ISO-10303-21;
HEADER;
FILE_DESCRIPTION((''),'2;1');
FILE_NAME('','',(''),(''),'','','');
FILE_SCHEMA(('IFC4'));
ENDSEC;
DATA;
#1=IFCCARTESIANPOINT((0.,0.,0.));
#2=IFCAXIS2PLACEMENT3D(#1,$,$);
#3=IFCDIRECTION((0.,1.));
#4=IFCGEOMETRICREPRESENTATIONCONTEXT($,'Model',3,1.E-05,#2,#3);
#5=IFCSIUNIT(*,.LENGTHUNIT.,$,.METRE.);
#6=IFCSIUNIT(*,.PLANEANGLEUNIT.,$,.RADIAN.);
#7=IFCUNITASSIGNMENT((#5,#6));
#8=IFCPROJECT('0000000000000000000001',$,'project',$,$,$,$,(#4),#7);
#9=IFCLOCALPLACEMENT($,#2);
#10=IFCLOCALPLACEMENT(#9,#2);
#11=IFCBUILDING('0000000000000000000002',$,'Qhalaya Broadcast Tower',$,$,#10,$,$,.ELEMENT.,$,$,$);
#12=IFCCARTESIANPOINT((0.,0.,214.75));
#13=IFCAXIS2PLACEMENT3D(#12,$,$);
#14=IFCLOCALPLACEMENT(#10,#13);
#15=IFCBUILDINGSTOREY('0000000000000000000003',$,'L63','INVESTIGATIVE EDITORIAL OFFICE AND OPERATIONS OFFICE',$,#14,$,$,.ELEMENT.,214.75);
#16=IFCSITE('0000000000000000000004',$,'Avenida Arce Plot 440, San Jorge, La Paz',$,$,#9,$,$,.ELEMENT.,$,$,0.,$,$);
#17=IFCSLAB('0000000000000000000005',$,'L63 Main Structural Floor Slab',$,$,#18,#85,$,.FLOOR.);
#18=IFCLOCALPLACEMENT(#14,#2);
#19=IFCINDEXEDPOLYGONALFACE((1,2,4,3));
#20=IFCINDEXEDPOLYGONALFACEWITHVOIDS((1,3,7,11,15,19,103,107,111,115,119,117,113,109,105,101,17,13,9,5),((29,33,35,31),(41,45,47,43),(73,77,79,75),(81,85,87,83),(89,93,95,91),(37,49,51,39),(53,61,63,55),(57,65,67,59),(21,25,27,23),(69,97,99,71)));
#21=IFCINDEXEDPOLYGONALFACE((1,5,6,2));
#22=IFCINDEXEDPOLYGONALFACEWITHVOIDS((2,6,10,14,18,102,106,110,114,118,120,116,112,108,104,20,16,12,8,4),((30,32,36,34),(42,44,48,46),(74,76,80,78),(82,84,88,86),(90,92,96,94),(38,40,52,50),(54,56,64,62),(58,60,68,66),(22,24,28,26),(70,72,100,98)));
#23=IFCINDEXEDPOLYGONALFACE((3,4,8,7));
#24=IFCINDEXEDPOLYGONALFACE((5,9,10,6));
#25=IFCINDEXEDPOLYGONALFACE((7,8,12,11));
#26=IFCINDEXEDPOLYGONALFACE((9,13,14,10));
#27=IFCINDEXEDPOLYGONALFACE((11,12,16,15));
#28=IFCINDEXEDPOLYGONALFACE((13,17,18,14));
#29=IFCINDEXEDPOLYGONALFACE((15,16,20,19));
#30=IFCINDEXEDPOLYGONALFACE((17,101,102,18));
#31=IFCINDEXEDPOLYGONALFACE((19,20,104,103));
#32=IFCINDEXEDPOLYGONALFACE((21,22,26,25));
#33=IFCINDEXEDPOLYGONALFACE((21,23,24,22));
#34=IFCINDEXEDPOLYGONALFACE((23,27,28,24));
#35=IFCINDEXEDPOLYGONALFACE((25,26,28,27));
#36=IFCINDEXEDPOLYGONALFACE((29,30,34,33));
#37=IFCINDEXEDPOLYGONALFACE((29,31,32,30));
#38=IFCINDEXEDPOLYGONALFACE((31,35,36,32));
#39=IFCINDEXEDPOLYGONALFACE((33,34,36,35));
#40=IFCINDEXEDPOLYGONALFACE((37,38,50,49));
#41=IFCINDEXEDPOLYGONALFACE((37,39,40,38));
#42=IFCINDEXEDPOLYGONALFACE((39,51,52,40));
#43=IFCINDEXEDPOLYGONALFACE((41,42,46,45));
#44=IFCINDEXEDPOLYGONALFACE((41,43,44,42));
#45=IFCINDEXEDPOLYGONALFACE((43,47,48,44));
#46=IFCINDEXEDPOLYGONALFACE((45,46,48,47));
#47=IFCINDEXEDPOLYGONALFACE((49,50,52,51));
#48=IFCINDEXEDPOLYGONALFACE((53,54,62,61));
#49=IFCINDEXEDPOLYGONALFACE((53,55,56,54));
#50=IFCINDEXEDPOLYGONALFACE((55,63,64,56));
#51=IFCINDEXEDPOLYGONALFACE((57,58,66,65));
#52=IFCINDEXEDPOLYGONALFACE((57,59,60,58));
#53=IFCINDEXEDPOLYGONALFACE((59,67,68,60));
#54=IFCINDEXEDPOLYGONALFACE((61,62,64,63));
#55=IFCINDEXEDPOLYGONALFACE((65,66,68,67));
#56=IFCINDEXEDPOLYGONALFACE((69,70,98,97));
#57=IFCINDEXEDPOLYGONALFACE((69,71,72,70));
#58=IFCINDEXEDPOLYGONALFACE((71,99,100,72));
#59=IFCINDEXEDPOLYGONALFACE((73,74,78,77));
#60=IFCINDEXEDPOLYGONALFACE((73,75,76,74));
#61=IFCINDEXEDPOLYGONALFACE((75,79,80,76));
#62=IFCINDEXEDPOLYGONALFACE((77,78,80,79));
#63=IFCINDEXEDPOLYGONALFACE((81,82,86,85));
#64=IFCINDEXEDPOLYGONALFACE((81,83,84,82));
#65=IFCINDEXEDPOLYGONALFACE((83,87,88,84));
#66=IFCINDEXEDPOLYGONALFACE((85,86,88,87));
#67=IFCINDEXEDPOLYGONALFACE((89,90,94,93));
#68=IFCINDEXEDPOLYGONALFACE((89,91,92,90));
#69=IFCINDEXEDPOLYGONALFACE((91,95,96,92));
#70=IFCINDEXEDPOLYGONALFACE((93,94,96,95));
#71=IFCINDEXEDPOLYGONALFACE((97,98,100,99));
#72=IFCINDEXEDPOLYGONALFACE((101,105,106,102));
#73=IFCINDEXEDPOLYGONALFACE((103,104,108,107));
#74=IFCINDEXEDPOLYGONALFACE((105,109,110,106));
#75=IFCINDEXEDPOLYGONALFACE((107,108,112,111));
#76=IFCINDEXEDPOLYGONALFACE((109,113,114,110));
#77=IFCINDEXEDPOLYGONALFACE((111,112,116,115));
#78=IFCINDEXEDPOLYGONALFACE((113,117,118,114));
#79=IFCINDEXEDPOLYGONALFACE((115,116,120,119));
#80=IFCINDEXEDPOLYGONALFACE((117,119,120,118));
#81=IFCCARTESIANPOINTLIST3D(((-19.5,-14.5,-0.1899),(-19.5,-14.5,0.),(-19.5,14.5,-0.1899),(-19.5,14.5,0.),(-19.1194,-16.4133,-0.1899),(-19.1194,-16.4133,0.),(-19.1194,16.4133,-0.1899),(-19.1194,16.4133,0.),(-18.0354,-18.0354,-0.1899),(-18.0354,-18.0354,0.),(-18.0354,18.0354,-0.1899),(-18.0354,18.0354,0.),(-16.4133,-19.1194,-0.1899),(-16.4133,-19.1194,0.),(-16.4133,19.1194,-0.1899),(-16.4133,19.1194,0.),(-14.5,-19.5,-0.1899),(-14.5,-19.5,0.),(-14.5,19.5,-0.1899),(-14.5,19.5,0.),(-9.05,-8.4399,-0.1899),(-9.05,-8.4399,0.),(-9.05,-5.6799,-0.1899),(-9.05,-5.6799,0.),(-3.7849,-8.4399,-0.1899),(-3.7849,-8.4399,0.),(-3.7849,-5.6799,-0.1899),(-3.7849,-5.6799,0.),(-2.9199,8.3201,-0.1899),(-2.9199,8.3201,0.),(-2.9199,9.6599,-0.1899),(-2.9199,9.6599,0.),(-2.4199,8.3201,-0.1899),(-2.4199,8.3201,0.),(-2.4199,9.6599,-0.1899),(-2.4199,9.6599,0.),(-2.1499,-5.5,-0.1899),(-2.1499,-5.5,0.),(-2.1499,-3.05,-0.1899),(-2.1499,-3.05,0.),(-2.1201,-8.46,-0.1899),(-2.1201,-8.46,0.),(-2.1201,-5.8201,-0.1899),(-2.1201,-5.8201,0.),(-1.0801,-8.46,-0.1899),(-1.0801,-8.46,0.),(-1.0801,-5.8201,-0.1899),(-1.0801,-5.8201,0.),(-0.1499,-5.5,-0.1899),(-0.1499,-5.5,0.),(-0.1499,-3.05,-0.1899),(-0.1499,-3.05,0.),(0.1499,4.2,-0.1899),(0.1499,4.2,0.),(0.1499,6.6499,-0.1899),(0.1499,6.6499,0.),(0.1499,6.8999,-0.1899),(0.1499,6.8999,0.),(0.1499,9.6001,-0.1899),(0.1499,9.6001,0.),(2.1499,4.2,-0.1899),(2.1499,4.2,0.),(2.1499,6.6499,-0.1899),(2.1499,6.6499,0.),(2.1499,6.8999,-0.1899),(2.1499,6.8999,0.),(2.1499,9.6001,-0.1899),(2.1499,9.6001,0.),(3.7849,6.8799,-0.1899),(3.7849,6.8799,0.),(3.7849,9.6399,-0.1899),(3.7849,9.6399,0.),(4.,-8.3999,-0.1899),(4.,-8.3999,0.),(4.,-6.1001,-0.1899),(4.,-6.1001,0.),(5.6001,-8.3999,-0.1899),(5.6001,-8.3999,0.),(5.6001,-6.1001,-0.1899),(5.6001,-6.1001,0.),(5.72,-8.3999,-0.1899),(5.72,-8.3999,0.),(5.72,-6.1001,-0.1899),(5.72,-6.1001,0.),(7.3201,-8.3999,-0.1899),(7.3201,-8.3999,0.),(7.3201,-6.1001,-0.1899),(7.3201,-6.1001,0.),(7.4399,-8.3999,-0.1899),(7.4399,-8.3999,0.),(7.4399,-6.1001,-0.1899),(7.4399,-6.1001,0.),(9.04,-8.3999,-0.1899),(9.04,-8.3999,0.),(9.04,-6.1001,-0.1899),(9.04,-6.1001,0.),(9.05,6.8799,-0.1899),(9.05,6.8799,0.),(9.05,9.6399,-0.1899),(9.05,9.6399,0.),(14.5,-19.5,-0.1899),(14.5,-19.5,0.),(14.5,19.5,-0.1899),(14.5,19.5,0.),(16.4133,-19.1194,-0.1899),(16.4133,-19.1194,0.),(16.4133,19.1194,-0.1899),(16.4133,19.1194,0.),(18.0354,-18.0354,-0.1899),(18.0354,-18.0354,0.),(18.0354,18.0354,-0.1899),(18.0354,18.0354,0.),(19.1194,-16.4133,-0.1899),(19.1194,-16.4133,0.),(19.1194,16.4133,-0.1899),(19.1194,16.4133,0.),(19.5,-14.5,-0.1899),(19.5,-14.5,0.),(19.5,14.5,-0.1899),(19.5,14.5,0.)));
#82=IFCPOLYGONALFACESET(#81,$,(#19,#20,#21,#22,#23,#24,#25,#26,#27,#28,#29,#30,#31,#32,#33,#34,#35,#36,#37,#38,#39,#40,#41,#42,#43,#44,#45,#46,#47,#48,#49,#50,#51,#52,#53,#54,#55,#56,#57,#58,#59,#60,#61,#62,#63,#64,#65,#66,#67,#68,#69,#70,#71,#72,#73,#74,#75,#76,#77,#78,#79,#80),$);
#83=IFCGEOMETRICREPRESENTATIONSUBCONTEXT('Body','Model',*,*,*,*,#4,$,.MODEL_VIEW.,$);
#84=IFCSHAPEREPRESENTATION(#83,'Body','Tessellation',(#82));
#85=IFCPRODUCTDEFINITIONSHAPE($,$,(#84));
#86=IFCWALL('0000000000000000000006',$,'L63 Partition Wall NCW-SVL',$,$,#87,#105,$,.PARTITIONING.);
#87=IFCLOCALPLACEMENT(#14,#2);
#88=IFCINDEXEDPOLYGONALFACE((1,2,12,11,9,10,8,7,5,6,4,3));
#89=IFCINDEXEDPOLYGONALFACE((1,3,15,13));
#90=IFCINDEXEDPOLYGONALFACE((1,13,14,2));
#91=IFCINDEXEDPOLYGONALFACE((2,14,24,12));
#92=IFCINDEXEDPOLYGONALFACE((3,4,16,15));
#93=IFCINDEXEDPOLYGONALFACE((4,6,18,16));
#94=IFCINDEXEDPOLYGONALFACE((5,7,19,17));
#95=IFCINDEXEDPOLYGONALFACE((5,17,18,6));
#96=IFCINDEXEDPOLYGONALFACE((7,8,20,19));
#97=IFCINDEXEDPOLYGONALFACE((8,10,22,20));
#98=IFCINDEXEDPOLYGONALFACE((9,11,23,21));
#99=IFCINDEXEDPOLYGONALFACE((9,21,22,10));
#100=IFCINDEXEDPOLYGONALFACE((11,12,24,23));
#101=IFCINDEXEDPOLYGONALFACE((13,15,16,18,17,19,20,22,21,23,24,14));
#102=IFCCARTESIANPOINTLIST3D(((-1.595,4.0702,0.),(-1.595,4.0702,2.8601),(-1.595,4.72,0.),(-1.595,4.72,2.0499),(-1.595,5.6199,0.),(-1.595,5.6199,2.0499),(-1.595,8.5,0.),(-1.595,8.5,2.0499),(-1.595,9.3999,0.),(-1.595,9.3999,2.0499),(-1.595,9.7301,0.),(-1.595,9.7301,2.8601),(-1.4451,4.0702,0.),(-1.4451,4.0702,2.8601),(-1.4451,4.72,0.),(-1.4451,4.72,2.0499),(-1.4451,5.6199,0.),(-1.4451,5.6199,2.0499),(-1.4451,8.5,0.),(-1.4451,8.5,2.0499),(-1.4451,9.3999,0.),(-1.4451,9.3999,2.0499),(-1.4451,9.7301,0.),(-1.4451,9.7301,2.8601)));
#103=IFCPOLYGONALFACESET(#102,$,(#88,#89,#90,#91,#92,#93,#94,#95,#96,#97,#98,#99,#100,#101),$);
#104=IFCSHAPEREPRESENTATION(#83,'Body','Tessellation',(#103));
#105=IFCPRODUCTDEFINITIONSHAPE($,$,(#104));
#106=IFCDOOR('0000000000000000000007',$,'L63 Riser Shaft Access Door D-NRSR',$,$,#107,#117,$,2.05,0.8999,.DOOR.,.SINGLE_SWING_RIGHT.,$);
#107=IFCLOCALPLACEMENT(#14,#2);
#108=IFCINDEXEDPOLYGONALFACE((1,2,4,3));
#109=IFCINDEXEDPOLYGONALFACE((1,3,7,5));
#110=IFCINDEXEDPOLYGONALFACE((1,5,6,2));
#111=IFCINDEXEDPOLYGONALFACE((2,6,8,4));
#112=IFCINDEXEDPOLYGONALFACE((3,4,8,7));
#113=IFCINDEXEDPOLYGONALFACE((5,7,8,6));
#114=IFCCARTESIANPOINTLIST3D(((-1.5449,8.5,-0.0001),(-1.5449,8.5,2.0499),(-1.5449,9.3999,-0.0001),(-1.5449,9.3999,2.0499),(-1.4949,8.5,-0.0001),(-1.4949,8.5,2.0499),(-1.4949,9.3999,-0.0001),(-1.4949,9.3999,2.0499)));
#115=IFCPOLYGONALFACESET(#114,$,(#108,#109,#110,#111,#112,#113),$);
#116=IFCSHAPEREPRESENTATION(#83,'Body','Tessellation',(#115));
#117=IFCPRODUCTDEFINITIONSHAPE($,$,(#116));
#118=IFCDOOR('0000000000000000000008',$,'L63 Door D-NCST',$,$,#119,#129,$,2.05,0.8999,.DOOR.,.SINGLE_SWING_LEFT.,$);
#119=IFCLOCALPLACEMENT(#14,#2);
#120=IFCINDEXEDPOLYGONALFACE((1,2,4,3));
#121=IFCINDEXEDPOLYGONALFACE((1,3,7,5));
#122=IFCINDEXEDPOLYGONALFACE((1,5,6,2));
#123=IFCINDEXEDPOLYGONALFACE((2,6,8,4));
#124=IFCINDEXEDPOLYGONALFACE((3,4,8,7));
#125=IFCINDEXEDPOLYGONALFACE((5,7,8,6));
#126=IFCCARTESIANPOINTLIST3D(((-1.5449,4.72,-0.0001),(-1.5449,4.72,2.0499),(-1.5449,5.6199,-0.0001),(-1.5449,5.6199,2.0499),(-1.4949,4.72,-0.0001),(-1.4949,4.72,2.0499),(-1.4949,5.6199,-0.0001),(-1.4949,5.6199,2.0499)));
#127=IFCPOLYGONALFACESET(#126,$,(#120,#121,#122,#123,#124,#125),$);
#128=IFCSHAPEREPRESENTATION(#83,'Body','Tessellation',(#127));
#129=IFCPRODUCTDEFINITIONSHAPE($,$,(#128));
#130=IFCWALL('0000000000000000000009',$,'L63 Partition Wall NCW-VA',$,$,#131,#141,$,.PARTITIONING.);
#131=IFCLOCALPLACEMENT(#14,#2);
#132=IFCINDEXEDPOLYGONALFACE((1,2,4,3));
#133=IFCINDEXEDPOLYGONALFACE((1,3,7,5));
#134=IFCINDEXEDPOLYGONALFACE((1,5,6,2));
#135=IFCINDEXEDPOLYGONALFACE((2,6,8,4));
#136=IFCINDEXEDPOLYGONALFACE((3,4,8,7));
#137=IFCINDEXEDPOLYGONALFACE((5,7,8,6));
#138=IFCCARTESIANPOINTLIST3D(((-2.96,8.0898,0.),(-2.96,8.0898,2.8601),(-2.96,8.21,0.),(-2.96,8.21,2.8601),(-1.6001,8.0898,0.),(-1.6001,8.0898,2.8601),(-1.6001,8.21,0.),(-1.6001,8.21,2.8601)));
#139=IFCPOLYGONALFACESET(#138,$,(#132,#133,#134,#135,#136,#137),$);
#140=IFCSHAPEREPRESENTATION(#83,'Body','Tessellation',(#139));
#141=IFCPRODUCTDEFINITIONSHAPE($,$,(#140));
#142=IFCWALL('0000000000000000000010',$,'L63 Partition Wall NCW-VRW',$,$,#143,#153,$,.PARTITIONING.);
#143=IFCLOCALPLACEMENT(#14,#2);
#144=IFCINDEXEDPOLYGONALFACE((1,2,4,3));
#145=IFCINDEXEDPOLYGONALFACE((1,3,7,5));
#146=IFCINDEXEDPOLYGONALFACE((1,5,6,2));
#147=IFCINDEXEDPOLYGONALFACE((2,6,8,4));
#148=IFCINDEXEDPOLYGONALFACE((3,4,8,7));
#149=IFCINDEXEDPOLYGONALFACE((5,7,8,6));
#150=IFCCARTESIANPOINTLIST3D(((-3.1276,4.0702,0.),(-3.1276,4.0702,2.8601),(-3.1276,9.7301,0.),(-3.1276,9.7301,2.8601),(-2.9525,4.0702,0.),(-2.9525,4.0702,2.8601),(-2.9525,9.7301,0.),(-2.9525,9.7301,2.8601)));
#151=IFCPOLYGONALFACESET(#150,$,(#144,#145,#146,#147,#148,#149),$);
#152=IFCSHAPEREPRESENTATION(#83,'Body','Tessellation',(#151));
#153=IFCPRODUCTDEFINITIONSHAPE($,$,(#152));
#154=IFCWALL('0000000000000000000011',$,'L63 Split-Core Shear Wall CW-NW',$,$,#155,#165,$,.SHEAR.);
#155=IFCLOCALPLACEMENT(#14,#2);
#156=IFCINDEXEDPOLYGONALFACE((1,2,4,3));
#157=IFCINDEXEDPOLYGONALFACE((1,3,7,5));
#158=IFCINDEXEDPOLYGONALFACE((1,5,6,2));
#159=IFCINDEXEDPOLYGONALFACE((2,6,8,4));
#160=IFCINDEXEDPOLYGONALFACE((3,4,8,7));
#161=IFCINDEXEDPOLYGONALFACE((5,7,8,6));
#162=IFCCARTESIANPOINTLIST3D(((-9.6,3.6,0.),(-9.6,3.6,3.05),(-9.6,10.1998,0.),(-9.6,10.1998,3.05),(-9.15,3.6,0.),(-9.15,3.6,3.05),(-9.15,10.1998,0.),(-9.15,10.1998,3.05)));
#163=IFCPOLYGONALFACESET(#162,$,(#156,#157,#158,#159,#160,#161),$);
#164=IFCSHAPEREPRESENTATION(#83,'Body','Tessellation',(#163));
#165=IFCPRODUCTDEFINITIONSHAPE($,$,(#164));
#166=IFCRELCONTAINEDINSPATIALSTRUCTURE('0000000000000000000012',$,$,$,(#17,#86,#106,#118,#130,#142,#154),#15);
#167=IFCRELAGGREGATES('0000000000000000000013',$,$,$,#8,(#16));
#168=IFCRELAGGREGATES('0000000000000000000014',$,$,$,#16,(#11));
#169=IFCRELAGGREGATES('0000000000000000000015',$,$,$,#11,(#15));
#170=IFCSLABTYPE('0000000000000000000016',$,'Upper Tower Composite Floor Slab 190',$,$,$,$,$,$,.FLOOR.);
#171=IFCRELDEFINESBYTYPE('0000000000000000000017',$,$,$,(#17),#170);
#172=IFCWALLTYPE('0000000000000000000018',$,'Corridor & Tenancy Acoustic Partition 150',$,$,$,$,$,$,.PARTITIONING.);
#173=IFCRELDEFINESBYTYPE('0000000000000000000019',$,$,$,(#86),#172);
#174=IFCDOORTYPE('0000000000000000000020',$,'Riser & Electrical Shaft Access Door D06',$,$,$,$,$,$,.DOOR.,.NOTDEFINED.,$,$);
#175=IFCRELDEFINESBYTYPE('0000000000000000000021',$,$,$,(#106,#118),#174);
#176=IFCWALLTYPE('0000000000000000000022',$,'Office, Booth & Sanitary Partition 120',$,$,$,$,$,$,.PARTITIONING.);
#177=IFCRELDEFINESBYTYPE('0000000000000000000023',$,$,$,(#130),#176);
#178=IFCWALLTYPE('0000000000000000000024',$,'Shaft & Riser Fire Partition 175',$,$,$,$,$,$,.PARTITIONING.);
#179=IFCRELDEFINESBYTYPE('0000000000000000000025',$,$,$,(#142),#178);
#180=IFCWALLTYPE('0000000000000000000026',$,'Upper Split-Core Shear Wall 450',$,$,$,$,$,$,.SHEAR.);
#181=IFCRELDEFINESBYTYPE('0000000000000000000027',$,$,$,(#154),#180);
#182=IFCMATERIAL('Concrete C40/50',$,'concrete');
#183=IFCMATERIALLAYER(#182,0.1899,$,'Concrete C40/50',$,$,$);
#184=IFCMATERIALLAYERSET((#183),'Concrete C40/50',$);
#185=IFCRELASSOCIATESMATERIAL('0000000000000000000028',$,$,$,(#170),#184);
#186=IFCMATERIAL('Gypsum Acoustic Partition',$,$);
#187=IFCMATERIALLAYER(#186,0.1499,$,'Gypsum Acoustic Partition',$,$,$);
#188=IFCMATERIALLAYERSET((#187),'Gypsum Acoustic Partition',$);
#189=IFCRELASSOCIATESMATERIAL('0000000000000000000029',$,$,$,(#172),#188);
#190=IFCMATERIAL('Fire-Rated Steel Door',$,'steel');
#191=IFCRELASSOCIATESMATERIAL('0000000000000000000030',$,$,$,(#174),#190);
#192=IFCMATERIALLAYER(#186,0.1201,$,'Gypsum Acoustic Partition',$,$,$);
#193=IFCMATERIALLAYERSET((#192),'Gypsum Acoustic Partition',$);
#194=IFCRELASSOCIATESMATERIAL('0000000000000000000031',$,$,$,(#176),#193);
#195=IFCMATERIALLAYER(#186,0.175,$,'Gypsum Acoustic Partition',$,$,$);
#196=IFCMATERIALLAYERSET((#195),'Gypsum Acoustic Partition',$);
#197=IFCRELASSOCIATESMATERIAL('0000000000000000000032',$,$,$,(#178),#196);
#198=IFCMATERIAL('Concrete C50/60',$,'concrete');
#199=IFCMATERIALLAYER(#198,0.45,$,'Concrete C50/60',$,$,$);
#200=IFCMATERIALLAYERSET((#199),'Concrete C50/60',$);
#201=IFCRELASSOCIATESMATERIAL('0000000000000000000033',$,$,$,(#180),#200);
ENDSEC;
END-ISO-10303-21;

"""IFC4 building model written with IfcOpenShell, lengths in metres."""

from ifc_helpers import new_model, si_unit, direction, frame, frame_2d, origin, place, context, subcontext, project, spatial, polyline, rectangle, outline, extrude, material, layer, layer_set, type_object, element, fill, save


model = new_model("IFC4")

# Units and contexts
model_context = context("Model", 3, precision=1e-05, world=origin(), true_north=direction((0.0, 1.0)))
body_context = subcontext(model_context, "Body", "Model", "MODEL_VIEW")
ifc_project = project(units=[si_unit("LENGTHUNIT", "METRE"), si_unit("PLANEANGLEUNIT", "RADIAN")], contexts=[model_context])

# Site, building, storey
site_placement = place(None, origin())
site = spatial("IfcSite", under=ifc_project, at=site_placement, Name="Avenida Arce Plot 440, San Jorge, La Paz", CompositionType="ELEMENT", RefElevation=0.0)
building_placement = place(site_placement, origin())
building = spatial("IfcBuilding", under=site, at=building_placement, Name="Qhalaya Broadcast Tower", CompositionType="ELEMENT")
storey_placement = place(building_placement, frame((0.0, 0.0, 214.75)))
storey = spatial("IfcBuildingStorey", under=building, at=storey_placement, Name="L63", Description="INVESTIGATIVE EDITORIAL OFFICE AND OPERATIONS OFFICE", CompositionType="ELEMENT", Elevation=214.75)

# Shared definitions
ifc_material_1 = material(Name="Concrete C50/60", Category="concrete")

# Slab
ifc_material_2 = material(Name="Concrete C40/50", Category="concrete")
ifc_layer_1 = layer(ifc_material_2, 0.1899, Name="Concrete C40/50")
ifc_layer_set_1 = layer_set([ifc_layer_1], Name="Concrete C40/50")
slab_type = type_object("IfcSlabType", Name="Upper Tower Composite Floor Slab 190", PredefinedType="FLOOR", material=ifc_layer_set_1)
slab_placement = place(storey_placement, frame((0.0, 0.0, -0.1899)))
element("IfcSlab", 1, at=slab_placement, inside=storey, type_object=slab_type, Name="L63 Main Structural Floor Slab", PredefinedType="FLOOR", context=body_context, shape_type="SweptSolid", body=[
    extrude(outline(polyline([(14.5, -19.5), (16.4133, -19.1194), (18.0354, -18.0354), (19.1194, -16.4133), (19.5, -14.5), (19.5, 14.5), (19.1194, 16.4133), (18.0354, 18.0354), (16.4133, 19.1194), (14.5, 19.5), (-14.5, 19.5), (-16.4133, 19.1194), (-18.0354, 18.0354), (-19.1194, 16.4133), (-19.5, 14.5), (-19.5, -14.5), (-19.1194, -16.4133), (-18.0354, -18.0354), (-16.4133, -19.1194), (-14.5, -19.5), (14.5, -19.5)]), holes=[polyline([(3.7849, 9.6399), (9.05, 9.6399), (9.05, 6.8799), (3.7849, 6.8799), (3.7849, 9.6399)]), polyline([(-3.7849, -8.4399), (-9.05, -8.4399), (-9.05, -5.6799), (-3.7849, -5.6799), (-3.7849, -8.4399)]), polyline([(0.1499, 6.6499), (2.1499, 6.6499), (2.1499, 4.2), (0.1499, 4.2), (0.1499, 6.6499)]), polyline([(0.1499, 9.6001), (2.1499, 9.6001), (2.1499, 6.8999), (0.1499, 6.8999), (0.1499, 9.6001)]), polyline([(-2.1499, -3.05), (-0.1499, -3.05), (-0.1499, -5.5), (-2.1499, -5.5), (-2.1499, -3.05)]), polyline([(4.0, -6.1001), (5.6001, -6.1001), (5.6001, -8.3999), (4.0, -8.3999), (4.0, -6.1001)]), polyline([(5.72, -6.1001), (7.3201, -6.1001), (7.3201, -8.3999), (5.72, -8.3999), (5.72, -6.1001)]), polyline([(7.4399, -6.1001), (9.04, -6.1001), (9.04, -8.3999), (7.4399, -8.3999), (7.4399, -6.1001)]), polyline([(-2.9199, 9.6599), (-2.4199, 9.6599), (-2.4199, 8.3201), (-2.9199, 8.3201), (-2.9199, 9.6599)]), polyline([(-2.1201, -5.8201), (-1.0801, -5.8201), (-1.0801, -8.46), (-2.1201, -8.46), (-2.1201, -5.8201)])]), origin(), (0.0, 0.0, 1.0), 0.1899),
])

# Wall, openings, doors
ifc_material_3 = material(Name="Gypsum Acoustic Partition")
ifc_layer_2 = layer(ifc_material_3, 0.1499, Name="Gypsum Acoustic Partition")
ifc_layer_set_2 = layer_set([ifc_layer_2], Name="Gypsum Acoustic Partition")
wall_type_1 = type_object("IfcWallType", Name="Corridor & Tenancy Acoustic Partition 150", PredefinedType="PARTITIONING", material=ifc_layer_set_2)
wall_1_placement = place(storey_placement, frame((-1.52, 4.0701, 0.0), z_axis=(0.0, 0.0, 1.0), x_axis=(0.0, 1.0, 0.0)))
wall_1 = element("IfcWall", 2, at=wall_1_placement, inside=storey, type_object=wall_type_1, Name="L63 Partition Wall NCW-SVL", PredefinedType="PARTITIONING", context=body_context, shape_type="SweptSolid", body=[
    extrude(rectangle(XDim=5.6599, YDim=0.1499, at=frame_2d((2.8301, 0.0))), origin(), (0.0, 0.0, 1.0), 2.8601),
])
opening_1_placement = place(wall_1_placement, frame((4.4299, 0.0, 0.0)))
opening_1 = element("IfcOpeningElement", 3, at=opening_1_placement, cuts=wall_1, PredefinedType="OPENING", context=body_context, shape_type="SweptSolid", body=[
    extrude(rectangle(XDim=0.8999, YDim=2.05, at=frame_2d((0.45, 1.0249))), frame((0.0, 0.0869, 0.0), z_axis=(0.0, -1.0, 0.0), x_axis=(1.0, 0.0, 0.0)), (0.0, 0.0, 1.0), 0.1738),
])
opening_2_placement = place(wall_1_placement, frame((0.6499, 0.0, 0.0)))
opening_2 = element("IfcOpeningElement", 4, at=opening_2_placement, cuts=wall_1, PredefinedType="OPENING", context=body_context, shape_type="SweptSolid", body=[
    extrude(rectangle(XDim=0.8999, YDim=2.05, at=frame_2d((0.45, 1.0249))), frame((0.0, 0.0869, 0.0), z_axis=(0.0, -1.0, 0.0), x_axis=(1.0, 0.0, 0.0)), (0.0, 0.0, 1.0), 0.1738),
])
ifc_material_4 = material(Name="Fire-Rated Steel Door", Category="steel")
door_type = type_object("IfcDoorType", Name="Riser & Electrical Shaft Access Door D06", OperationType="NOTDEFINED", PredefinedType="DOOR", material=ifc_material_4)
door_1_placement = place(opening_1_placement, origin())
door_1 = element("IfcDoor", 5, at=door_1_placement, inside=storey, type_object=door_type, Name="L63 Riser Shaft Access Door D-NRSR", OperationType="SINGLE_SWING_RIGHT", OverallHeight=2.05, OverallWidth=0.8999, PredefinedType="DOOR", context=body_context, shape_type="SweptSolid", body=[
    extrude(rectangle(XDim=0.8999, YDim=2.05, at=frame_2d((0.45, 1.0249))), frame((0.0, 0.0249, 0.0), z_axis=(0.0, -1.0, 0.0), x_axis=(1.0, 0.0, 0.0)), (0.0, 0.0, 1.0), 0.05),
])
fill(opening_1, door_1)
door_2_placement = place(opening_2_placement, origin())
door_2 = element("IfcDoor", 6, at=door_2_placement, inside=storey, type_object=door_type, Name="L63 Door D-NCST", OperationType="SINGLE_SWING_LEFT", OverallHeight=2.05, OverallWidth=0.8999, PredefinedType="DOOR", context=body_context, shape_type="SweptSolid", body=[
    extrude(rectangle(XDim=0.8999, YDim=2.05, at=frame_2d((0.45, 1.0249))), frame((0.0, 0.0249, 0.0), z_axis=(0.0, -1.0, 0.0), x_axis=(1.0, 0.0, 0.0)), (0.0, 0.0, 1.0), 0.05),
])
fill(opening_2, door_2)

# Walls
ifc_layer_3 = layer(ifc_material_3, 0.1201, Name="Gypsum Acoustic Partition")
ifc_layer_set_3 = layer_set([ifc_layer_3], Name="Gypsum Acoustic Partition")
wall_type_2 = type_object("IfcWallType", Name="Office, Booth & Sanitary Partition 120", PredefinedType="PARTITIONING", material=ifc_layer_set_3)
wall_2_placement = place(storey_placement, frame((-2.96, 8.1499, 0.0), z_axis=(0.0, 0.0, 1.0), x_axis=(1.0, 0.0, 0.0)))
element("IfcWall", 7, at=wall_2_placement, inside=storey, type_object=wall_type_2, Name="L63 Partition Wall NCW-VA", PredefinedType="PARTITIONING", context=body_context, shape_type="SweptSolid", body=[
    extrude(rectangle(XDim=1.3599, YDim=0.1201, at=frame_2d((0.6799, 0.0))), origin(), (0.0, 0.0, 1.0), 2.8601),
])
ifc_layer_4 = layer(ifc_material_3, 0.175, Name="Gypsum Acoustic Partition")
ifc_layer_set_4 = layer_set([ifc_layer_4], Name="Gypsum Acoustic Partition")
wall_type_3 = type_object("IfcWallType", Name="Shaft & Riser Fire Partition 175", PredefinedType="PARTITIONING", material=ifc_layer_set_4)
wall_3_placement = place(storey_placement, frame((-3.04, 4.0701, 0.0), z_axis=(0.0, 0.0, 1.0), x_axis=(0.0, 1.0, 0.0)))
element("IfcWall", 8, at=wall_3_placement, inside=storey, type_object=wall_type_3, Name="L63 Partition Wall NCW-VRW", PredefinedType="PARTITIONING", context=body_context, shape_type="SweptSolid", body=[
    extrude(rectangle(XDim=5.6599, YDim=0.175, at=frame_2d((2.8301, 0.0))), origin(), (0.0, 0.0, 1.0), 2.8601),
])
ifc_layer_5 = layer(ifc_material_1, 0.45, Name="Concrete C50/60")
ifc_layer_set_5 = layer_set([ifc_layer_5], Name="Concrete C50/60")
wall_type_4 = type_object("IfcWallType", Name="Upper Split-Core Shear Wall 450", PredefinedType="SHEAR", material=ifc_layer_set_5)
wall_4_placement = place(storey_placement, frame((-9.375, 3.6001, 0.0), z_axis=(0.0, 0.0, 1.0), x_axis=(0.0, 1.0, 0.0)))
element("IfcWall", 9, at=wall_4_placement, inside=storey, type_object=wall_type_4, Name="L63 Split-Core Shear Wall CW-NW", PredefinedType="SHEAR", context=body_context, shape_type="SweptSolid", body=[
    extrude(rectangle(XDim=6.5999, YDim=0.45, at=frame_2d((3.2998, 0.0))), origin(), (0.0, 0.0, 1.0), 3.05),
])

save(model, "model.ifc")
